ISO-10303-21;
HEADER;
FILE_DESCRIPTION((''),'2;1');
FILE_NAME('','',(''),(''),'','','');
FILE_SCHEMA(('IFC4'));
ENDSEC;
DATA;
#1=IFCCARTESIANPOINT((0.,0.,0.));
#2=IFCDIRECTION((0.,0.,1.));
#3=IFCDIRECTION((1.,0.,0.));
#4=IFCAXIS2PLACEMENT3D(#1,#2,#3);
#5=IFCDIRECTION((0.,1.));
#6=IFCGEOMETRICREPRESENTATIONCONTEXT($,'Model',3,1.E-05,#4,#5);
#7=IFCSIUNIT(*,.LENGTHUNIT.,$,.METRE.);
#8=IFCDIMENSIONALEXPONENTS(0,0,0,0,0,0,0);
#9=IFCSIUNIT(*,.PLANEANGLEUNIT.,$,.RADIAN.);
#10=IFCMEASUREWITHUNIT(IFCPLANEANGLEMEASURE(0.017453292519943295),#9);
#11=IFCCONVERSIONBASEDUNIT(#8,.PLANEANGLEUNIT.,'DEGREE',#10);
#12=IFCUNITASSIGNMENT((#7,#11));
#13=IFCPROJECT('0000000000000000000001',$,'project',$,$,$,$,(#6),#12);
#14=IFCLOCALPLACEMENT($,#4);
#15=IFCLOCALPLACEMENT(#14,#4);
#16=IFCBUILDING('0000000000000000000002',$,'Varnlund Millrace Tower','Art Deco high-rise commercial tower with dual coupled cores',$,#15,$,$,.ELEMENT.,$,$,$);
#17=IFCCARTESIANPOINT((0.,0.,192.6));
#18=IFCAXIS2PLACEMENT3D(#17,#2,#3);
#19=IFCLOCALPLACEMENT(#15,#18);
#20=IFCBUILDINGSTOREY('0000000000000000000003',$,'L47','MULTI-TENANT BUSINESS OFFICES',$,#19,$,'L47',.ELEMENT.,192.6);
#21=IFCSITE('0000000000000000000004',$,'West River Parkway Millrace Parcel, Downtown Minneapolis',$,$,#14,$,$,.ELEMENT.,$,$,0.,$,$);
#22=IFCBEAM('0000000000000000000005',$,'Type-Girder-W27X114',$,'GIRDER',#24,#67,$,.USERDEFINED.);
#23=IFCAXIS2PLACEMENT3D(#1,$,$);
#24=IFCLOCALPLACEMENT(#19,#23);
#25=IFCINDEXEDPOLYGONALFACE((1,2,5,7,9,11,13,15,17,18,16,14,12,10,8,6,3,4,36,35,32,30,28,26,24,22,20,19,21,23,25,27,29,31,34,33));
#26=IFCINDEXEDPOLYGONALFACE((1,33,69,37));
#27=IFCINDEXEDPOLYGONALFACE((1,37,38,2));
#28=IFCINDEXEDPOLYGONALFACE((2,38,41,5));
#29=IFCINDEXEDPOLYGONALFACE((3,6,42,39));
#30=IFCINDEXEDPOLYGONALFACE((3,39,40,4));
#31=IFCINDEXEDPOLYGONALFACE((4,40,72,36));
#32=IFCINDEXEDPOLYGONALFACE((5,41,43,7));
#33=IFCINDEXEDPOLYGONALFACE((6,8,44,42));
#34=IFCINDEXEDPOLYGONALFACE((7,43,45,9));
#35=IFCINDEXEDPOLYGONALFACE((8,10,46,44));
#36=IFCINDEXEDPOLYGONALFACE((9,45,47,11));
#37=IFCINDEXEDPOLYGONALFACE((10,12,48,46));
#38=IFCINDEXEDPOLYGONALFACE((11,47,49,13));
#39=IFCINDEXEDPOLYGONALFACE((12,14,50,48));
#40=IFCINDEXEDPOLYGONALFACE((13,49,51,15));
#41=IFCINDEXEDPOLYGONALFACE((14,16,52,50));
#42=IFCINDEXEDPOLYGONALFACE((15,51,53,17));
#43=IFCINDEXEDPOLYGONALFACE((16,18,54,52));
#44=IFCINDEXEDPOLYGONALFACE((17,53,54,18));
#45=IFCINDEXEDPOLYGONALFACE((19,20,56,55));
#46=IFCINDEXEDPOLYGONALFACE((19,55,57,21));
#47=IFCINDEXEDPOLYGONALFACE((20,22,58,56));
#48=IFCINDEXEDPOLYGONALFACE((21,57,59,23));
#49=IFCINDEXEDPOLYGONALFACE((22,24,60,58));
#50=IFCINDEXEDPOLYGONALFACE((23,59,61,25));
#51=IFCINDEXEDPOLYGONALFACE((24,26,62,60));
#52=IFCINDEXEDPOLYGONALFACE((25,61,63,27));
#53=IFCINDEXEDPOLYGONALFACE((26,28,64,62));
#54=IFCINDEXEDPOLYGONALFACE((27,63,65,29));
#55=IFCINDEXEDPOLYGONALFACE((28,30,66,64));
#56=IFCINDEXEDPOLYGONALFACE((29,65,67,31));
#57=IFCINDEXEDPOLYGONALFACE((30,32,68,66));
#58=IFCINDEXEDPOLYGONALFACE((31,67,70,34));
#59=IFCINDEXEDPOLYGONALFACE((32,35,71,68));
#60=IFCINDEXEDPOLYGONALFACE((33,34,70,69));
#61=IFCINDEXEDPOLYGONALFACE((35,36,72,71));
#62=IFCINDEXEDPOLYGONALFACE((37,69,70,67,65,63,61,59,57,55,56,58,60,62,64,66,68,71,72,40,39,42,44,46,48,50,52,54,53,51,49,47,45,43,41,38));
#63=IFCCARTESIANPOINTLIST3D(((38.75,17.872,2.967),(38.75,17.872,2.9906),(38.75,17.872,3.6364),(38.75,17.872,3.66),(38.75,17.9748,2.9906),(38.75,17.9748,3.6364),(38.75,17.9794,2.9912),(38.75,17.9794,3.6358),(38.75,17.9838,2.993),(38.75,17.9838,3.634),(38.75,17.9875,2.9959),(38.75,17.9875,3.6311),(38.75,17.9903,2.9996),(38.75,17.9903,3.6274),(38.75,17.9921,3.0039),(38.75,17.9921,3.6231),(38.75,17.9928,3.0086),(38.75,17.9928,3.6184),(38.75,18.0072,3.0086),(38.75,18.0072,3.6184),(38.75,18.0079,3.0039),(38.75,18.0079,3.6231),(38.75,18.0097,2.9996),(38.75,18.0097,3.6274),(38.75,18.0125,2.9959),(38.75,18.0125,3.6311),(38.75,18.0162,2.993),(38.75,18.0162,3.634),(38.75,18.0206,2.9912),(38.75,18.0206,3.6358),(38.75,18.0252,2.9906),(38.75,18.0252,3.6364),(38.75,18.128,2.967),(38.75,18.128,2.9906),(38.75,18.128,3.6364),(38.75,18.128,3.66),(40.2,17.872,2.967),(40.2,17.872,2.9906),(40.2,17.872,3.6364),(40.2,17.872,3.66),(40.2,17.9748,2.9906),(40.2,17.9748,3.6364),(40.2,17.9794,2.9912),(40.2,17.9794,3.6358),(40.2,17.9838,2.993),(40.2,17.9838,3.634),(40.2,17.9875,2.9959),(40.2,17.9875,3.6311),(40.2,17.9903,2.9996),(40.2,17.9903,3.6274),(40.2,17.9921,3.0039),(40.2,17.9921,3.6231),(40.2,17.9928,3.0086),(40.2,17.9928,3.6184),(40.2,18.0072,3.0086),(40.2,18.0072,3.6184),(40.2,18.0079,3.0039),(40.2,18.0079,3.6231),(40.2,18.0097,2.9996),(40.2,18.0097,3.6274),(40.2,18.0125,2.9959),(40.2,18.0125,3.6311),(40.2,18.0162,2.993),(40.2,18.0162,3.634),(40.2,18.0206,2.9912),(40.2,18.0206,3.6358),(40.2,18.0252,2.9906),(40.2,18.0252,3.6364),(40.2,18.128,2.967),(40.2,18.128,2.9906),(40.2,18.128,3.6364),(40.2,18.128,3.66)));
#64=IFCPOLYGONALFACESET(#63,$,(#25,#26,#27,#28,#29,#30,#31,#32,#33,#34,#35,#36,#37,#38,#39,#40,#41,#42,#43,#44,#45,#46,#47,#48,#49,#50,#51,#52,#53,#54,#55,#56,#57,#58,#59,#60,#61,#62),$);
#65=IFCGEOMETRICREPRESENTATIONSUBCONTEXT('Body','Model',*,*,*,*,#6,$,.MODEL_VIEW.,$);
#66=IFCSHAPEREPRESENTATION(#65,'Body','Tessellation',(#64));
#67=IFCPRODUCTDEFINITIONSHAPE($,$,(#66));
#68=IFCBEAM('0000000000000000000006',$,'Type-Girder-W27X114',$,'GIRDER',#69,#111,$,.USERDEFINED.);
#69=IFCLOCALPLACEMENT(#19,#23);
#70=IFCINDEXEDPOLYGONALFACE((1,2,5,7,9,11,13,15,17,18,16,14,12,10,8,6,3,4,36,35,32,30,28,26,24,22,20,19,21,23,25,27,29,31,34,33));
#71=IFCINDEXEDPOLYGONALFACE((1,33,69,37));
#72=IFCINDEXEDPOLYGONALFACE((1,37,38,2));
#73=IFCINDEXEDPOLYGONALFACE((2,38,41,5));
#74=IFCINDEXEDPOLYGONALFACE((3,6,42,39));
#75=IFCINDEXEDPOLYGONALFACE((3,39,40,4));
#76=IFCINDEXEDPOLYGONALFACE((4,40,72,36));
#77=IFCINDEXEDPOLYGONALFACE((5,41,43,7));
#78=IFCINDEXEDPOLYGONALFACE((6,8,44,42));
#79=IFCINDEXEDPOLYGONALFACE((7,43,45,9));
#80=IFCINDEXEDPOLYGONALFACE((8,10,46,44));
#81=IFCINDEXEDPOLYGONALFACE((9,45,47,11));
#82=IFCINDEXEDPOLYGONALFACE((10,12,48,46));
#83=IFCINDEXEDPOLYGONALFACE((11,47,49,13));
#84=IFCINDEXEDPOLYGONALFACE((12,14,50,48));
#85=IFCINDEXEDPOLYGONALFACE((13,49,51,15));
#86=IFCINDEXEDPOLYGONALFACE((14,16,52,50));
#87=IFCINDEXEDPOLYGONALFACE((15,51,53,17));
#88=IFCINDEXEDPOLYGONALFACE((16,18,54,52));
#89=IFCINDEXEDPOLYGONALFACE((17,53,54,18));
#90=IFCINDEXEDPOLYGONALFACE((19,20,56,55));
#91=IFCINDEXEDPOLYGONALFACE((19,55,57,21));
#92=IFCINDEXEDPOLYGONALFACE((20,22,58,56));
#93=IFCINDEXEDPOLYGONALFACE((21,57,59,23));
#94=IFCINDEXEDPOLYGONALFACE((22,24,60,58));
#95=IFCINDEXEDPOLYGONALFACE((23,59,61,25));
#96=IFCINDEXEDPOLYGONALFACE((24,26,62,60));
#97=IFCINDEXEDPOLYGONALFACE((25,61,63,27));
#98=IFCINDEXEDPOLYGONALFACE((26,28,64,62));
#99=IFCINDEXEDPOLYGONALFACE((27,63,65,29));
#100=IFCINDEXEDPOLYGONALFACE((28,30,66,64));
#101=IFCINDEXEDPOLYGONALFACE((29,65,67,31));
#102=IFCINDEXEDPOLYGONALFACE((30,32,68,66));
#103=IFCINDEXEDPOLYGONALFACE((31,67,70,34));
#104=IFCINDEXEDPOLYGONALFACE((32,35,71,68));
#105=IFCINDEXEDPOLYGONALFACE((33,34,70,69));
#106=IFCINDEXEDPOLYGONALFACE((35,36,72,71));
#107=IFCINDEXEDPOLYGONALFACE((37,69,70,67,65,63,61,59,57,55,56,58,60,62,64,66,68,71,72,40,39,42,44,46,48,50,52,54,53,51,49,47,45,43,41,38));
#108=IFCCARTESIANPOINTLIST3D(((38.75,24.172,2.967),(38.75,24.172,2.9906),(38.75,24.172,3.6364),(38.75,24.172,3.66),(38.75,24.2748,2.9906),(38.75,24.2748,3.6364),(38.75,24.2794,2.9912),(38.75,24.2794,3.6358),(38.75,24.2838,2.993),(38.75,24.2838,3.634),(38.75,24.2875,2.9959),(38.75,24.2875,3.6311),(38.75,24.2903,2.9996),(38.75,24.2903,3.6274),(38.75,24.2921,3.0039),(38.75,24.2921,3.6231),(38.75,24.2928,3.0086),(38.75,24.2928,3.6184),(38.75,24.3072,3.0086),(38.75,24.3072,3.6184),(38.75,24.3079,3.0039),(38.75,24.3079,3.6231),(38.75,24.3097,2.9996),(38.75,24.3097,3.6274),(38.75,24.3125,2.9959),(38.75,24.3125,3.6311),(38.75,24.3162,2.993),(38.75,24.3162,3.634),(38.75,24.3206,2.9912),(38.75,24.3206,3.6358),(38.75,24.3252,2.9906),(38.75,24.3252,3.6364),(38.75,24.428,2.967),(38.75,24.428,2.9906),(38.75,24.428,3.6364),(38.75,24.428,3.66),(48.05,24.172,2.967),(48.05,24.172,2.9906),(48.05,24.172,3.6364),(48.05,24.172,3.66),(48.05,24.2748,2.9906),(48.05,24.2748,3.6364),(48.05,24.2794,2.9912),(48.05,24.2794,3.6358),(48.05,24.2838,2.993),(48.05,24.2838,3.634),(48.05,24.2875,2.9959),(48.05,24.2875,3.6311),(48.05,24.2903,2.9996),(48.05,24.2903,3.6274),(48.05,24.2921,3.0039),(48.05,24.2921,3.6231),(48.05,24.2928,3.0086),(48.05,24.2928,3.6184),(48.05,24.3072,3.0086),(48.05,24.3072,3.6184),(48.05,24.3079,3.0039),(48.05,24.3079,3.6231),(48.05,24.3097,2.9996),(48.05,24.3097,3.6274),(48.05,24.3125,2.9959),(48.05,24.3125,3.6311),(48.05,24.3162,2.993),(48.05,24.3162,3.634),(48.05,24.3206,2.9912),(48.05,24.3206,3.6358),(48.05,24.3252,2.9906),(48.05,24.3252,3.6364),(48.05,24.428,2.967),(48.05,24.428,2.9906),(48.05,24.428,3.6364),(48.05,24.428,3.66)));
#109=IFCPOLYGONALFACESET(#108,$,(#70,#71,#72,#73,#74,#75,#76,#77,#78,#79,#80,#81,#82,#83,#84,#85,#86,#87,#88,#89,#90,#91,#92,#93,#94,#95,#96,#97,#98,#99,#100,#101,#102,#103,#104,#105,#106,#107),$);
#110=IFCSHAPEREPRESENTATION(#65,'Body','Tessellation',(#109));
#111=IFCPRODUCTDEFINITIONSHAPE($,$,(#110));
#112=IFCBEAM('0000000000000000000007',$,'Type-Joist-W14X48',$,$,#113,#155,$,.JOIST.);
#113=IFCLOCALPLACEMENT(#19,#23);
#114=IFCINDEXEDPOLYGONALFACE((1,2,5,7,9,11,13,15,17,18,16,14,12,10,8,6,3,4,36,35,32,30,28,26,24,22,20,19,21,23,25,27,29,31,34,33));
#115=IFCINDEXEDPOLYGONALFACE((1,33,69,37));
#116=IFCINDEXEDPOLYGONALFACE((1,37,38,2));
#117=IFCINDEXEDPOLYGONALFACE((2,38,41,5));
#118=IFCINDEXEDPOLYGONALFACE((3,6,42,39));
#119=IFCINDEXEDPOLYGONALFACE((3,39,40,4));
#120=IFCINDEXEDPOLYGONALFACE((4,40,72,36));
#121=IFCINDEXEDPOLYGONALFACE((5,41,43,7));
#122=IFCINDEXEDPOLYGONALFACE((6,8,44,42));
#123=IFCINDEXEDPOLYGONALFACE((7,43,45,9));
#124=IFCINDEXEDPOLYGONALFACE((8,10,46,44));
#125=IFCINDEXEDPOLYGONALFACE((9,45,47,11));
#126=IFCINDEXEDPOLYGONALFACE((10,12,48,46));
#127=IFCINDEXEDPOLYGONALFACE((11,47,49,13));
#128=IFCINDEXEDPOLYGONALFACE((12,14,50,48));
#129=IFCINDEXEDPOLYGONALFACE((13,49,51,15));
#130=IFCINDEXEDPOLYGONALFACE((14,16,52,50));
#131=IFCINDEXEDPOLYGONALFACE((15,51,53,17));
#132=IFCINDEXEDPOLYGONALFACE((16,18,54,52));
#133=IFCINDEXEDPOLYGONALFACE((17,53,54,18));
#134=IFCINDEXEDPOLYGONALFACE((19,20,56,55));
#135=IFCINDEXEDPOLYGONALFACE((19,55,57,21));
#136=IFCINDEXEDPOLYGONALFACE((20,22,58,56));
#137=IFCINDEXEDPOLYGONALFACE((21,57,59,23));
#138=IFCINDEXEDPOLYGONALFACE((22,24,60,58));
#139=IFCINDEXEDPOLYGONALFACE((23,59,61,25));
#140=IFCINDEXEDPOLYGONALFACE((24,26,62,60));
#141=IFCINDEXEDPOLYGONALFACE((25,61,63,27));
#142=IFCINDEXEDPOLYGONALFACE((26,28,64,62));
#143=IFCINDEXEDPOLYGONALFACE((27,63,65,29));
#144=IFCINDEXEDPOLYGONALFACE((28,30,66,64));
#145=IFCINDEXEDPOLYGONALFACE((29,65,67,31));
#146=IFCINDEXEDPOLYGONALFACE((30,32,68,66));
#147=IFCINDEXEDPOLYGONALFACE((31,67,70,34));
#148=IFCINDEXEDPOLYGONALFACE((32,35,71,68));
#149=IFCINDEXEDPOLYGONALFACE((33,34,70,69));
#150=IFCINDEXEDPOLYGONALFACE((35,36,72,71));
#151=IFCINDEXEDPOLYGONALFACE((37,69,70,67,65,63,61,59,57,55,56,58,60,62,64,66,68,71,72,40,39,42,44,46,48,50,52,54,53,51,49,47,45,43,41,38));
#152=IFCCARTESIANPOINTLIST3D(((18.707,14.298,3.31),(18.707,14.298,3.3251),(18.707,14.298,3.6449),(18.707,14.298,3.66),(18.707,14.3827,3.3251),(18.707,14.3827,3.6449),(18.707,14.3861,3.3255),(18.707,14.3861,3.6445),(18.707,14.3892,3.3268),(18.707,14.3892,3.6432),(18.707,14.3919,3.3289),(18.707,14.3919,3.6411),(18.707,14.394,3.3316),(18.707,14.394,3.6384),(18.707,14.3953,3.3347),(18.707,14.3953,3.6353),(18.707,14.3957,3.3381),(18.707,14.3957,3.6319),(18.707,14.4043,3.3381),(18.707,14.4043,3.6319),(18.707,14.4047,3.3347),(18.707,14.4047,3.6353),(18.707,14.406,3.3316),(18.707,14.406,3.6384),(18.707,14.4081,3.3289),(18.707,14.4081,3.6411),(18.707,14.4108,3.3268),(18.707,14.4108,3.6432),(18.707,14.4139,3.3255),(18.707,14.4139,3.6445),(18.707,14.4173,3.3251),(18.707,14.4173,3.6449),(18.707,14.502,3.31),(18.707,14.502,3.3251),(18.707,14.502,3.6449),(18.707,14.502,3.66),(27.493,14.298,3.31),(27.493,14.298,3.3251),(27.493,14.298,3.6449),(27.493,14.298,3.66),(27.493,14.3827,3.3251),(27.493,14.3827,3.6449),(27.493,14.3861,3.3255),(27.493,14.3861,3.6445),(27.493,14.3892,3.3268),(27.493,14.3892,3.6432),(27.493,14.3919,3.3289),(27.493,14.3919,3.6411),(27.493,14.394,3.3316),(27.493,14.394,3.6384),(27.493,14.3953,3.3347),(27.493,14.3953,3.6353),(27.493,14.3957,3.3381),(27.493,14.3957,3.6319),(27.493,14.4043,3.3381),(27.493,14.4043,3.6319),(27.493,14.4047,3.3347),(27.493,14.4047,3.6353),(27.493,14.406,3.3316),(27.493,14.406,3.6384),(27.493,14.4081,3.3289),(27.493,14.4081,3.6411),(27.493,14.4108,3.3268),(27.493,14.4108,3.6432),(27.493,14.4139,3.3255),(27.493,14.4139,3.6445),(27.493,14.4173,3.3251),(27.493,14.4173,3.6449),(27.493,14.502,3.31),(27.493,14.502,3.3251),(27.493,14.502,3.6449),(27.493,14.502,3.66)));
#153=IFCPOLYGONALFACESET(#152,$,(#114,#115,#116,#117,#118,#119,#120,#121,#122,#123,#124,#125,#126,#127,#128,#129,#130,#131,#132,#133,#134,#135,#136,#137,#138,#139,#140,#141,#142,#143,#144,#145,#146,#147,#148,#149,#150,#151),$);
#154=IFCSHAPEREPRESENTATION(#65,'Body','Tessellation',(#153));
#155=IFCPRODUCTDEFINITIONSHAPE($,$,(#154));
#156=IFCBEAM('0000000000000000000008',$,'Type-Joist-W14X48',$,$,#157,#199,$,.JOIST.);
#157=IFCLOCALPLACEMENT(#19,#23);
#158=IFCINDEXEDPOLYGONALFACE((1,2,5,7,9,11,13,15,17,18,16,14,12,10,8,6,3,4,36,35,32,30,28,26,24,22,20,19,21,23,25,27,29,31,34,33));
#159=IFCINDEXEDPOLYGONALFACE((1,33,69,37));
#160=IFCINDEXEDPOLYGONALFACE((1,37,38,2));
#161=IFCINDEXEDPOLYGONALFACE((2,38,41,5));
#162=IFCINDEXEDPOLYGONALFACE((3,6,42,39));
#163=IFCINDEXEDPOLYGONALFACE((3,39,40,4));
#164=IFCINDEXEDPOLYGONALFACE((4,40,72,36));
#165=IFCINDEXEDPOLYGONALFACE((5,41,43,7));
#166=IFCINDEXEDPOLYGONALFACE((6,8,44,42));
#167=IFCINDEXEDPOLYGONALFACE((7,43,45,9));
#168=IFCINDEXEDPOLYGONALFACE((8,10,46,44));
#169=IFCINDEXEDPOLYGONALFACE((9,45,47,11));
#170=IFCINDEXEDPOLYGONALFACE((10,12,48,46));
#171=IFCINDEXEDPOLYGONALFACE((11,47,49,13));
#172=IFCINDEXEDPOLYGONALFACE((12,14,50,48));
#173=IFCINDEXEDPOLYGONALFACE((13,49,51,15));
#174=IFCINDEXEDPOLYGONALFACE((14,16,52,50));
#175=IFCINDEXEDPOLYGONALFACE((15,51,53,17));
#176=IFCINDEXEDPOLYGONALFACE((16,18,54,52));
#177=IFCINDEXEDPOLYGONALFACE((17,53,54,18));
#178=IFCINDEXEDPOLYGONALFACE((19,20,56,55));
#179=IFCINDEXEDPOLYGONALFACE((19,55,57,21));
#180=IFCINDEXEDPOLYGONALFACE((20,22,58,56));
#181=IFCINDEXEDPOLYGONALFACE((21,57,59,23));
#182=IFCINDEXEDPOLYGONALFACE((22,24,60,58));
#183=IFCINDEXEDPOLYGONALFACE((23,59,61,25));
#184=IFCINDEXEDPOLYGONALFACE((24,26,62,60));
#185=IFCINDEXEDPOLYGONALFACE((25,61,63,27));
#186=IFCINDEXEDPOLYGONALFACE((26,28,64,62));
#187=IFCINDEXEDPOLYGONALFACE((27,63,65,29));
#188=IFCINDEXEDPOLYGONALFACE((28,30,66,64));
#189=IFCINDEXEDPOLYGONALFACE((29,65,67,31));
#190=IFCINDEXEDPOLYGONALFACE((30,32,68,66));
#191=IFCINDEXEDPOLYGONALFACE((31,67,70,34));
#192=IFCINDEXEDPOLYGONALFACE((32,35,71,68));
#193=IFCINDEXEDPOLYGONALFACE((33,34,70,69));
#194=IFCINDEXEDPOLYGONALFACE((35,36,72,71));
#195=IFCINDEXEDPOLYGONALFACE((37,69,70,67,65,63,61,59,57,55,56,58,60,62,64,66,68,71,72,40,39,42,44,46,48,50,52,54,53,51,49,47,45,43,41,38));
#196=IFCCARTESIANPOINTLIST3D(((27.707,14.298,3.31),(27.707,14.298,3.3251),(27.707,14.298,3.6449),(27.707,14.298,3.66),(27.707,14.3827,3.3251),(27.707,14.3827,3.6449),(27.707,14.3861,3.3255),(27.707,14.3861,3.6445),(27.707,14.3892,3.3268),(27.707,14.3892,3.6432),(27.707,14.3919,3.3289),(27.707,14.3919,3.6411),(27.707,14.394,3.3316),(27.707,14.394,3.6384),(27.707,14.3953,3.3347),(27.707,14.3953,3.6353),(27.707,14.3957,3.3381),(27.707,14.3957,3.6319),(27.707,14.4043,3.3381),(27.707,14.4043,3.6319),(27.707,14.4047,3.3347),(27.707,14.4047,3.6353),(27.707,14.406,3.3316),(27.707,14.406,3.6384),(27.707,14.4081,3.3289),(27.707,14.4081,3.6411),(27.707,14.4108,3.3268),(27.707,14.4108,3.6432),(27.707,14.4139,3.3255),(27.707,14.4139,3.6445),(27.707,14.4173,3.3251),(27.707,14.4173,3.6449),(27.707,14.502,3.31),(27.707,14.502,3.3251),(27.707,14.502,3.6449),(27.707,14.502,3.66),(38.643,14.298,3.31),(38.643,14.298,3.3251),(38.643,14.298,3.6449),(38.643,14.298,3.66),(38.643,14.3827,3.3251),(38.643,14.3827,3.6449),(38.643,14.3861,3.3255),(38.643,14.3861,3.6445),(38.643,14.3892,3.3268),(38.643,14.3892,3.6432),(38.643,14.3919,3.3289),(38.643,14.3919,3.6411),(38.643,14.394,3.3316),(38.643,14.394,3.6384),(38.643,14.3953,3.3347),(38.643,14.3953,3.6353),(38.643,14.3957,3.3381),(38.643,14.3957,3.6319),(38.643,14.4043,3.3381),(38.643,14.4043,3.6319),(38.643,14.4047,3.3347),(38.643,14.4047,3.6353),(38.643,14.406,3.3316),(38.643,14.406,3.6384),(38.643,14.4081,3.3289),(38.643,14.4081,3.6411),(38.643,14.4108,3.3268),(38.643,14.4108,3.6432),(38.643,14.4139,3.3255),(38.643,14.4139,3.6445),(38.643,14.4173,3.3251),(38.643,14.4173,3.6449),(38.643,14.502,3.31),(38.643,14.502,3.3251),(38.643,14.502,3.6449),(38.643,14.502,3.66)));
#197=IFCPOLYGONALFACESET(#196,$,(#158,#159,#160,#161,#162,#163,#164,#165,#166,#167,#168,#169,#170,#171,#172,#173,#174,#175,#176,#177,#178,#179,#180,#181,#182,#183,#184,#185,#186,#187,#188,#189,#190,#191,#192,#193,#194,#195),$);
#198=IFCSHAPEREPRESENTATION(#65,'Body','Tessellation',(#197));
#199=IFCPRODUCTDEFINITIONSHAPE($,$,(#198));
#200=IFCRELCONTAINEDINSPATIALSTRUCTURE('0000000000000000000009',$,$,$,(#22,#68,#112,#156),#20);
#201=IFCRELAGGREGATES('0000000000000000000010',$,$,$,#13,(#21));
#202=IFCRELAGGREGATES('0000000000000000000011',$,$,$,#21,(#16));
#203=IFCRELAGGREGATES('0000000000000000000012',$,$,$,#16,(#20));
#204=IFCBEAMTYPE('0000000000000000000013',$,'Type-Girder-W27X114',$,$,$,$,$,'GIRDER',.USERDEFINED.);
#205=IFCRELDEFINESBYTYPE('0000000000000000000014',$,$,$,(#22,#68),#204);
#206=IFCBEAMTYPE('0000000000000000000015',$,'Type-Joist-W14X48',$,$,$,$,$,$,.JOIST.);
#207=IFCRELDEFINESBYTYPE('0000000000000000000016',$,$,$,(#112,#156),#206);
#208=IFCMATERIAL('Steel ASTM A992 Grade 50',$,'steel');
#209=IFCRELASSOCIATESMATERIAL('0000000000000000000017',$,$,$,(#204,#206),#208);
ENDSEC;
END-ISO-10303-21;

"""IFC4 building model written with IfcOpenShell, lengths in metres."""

from ifc_helpers import new_model, entity, si_unit, converted_unit, direction, frame, origin_with_axes, origin_2d_with_axis, place, context, subcontext, project, spatial, i_section, extrude, material, material_profile, profile_set, type_object, element, save


model = new_model("IFC4")

# Units and contexts
model_context = context("Model", 3, precision=1e-05, world=origin_with_axes(), true_north=direction((0.0, 1.0)))
body_context = subcontext(model_context, "Body", "Model", "MODEL_VIEW")
ifc_project = project(units=[si_unit("LENGTHUNIT", "METRE"), converted_unit("PLANEANGLEUNIT", "DEGREE", entity("IfcPlaneAngleMeasure", 0.017453292519943295), si_unit("PLANEANGLEUNIT", "RADIAN"), dimensions=[0, 0, 0, 0, 0, 0, 0])], contexts=[model_context])

# Site, building, storey
site_placement = place(None, origin_with_axes())
site = spatial("IfcSite", under=ifc_project, at=site_placement, Name="West River Parkway Millrace Parcel, Downtown Minneapolis", CompositionType="ELEMENT", RefElevation=0.0)
building_placement = place(site_placement, origin_with_axes())
building = spatial("IfcBuilding", under=site, at=building_placement, Name="Varnlund Millrace Tower", Description="Art Deco high-rise commercial tower with dual coupled cores", CompositionType="ELEMENT")
storey_placement = place(building_placement, frame((0.0, 0.0, 192.6), z_axis=(0.0, 0.0, 1.0), x_axis=(1.0, 0.0, 0.0)))
storey = spatial("IfcBuildingStorey", under=building, at=storey_placement, Name="L47", Description="MULTI-TENANT BUSINESS OFFICES", LongName="L47", CompositionType="ELEMENT", Elevation=192.6)

# Beams
ifc_material_1 = material(Name="Steel ASTM A992 Grade 50", Category="steel")
ifc_material_profile_1 = material_profile(ifc_material_1, i_section(OverallWidth=0.256, OverallDepth=0.693, WebThickness=0.0145, FlangeThickness=0.0236, FilletRadius=0.018, at=origin_2d_with_axis()), Name="Steel ASTM A992 Grade 50")
ifc_profile_set_1 = profile_set([ifc_material_profile_1], Name="Steel ASTM A992 Grade 50")
beam_type_1 = type_object("IfcBeamType", Name="Type-Girder-W27X114", ElementType="GIRDER", PredefinedType="USERDEFINED", material=ifc_profile_set_1)
beam_1_placement = place(storey_placement, frame((38.75, 18.0, 3.3135), z_axis=(1.0, 0.0, 0.0), x_axis=(0.0, 1.0, 0.0)))
element("IfcBeam", 1, at=beam_1_placement, inside=storey, type_object=beam_type_1, Name="Type-Girder-W27X114", ObjectType="GIRDER", PredefinedType="USERDEFINED", context=body_context, shape_type="SweptSolid", body=[
    extrude(i_section(OverallWidth=0.256, OverallDepth=0.693, WebThickness=0.0145, FlangeThickness=0.0236, FilletRadius=0.018, at=origin_2d_with_axis()), origin_with_axes(), (0.0, 0.0, 1.0), 1.45),
])
beam_2_placement = place(storey_placement, frame((38.75, 24.3, 3.3135), z_axis=(1.0, 0.0, 0.0), x_axis=(0.0, 1.0, 0.0)))
element("IfcBeam", 2, at=beam_2_placement, inside=storey, type_object=beam_type_1, Name="Type-Girder-W27X114", ObjectType="GIRDER", PredefinedType="USERDEFINED", context=body_context, shape_type="SweptSolid", body=[
    extrude(i_section(OverallWidth=0.256, OverallDepth=0.693, WebThickness=0.0145, FlangeThickness=0.0236, FilletRadius=0.018, at=origin_2d_with_axis()), origin_with_axes(), (0.0, 0.0, 1.0), 9.3),
])
ifc_material_profile_2 = material_profile(ifc_material_1, i_section(OverallWidth=0.204, OverallDepth=0.35, WebThickness=0.0086, FlangeThickness=0.0151, FilletRadius=0.013, at=origin_2d_with_axis()), Name="Steel ASTM A992 Grade 50")
ifc_profile_set_2 = profile_set([ifc_material_profile_2], Name="Steel ASTM A992 Grade 50")
beam_type_2 = type_object("IfcBeamType", Name="Type-Joist-W14X48", PredefinedType="JOIST", material=ifc_profile_set_2)
beam_3_placement = place(storey_placement, frame((18.707, 14.4, 3.485), z_axis=(1.0, 0.0, 0.0), x_axis=(0.0, 1.0, 0.0)))
element("IfcBeam", 3, at=beam_3_placement, inside=storey, type_object=beam_type_2, Name="Type-Joist-W14X48", PredefinedType="JOIST", context=body_context, shape_type="SweptSolid", body=[
    extrude(i_section(OverallWidth=0.204, OverallDepth=0.35, WebThickness=0.0086, FlangeThickness=0.0151, FilletRadius=0.013, at=origin_2d_with_axis()), origin_with_axes(), (0.0, 0.0, 1.0), 8.786),
])
beam_4_placement = place(storey_placement, frame((27.707, 14.4, 3.485), z_axis=(1.0, 0.0, 0.0), x_axis=(0.0, 1.0, 0.0)))
element("IfcBeam", 4, at=beam_4_placement, inside=storey, type_object=beam_type_2, Name="Type-Joist-W14X48", PredefinedType="JOIST", context=body_context, shape_type="SweptSolid", body=[
    extrude(i_section(OverallWidth=0.204, OverallDepth=0.35, WebThickness=0.0086, FlangeThickness=0.0151, FilletRadius=0.013, at=origin_2d_with_axis()), origin_with_axes(), (0.0, 0.0, 1.0), 10.936),
])

save(model, "model.ifc")
